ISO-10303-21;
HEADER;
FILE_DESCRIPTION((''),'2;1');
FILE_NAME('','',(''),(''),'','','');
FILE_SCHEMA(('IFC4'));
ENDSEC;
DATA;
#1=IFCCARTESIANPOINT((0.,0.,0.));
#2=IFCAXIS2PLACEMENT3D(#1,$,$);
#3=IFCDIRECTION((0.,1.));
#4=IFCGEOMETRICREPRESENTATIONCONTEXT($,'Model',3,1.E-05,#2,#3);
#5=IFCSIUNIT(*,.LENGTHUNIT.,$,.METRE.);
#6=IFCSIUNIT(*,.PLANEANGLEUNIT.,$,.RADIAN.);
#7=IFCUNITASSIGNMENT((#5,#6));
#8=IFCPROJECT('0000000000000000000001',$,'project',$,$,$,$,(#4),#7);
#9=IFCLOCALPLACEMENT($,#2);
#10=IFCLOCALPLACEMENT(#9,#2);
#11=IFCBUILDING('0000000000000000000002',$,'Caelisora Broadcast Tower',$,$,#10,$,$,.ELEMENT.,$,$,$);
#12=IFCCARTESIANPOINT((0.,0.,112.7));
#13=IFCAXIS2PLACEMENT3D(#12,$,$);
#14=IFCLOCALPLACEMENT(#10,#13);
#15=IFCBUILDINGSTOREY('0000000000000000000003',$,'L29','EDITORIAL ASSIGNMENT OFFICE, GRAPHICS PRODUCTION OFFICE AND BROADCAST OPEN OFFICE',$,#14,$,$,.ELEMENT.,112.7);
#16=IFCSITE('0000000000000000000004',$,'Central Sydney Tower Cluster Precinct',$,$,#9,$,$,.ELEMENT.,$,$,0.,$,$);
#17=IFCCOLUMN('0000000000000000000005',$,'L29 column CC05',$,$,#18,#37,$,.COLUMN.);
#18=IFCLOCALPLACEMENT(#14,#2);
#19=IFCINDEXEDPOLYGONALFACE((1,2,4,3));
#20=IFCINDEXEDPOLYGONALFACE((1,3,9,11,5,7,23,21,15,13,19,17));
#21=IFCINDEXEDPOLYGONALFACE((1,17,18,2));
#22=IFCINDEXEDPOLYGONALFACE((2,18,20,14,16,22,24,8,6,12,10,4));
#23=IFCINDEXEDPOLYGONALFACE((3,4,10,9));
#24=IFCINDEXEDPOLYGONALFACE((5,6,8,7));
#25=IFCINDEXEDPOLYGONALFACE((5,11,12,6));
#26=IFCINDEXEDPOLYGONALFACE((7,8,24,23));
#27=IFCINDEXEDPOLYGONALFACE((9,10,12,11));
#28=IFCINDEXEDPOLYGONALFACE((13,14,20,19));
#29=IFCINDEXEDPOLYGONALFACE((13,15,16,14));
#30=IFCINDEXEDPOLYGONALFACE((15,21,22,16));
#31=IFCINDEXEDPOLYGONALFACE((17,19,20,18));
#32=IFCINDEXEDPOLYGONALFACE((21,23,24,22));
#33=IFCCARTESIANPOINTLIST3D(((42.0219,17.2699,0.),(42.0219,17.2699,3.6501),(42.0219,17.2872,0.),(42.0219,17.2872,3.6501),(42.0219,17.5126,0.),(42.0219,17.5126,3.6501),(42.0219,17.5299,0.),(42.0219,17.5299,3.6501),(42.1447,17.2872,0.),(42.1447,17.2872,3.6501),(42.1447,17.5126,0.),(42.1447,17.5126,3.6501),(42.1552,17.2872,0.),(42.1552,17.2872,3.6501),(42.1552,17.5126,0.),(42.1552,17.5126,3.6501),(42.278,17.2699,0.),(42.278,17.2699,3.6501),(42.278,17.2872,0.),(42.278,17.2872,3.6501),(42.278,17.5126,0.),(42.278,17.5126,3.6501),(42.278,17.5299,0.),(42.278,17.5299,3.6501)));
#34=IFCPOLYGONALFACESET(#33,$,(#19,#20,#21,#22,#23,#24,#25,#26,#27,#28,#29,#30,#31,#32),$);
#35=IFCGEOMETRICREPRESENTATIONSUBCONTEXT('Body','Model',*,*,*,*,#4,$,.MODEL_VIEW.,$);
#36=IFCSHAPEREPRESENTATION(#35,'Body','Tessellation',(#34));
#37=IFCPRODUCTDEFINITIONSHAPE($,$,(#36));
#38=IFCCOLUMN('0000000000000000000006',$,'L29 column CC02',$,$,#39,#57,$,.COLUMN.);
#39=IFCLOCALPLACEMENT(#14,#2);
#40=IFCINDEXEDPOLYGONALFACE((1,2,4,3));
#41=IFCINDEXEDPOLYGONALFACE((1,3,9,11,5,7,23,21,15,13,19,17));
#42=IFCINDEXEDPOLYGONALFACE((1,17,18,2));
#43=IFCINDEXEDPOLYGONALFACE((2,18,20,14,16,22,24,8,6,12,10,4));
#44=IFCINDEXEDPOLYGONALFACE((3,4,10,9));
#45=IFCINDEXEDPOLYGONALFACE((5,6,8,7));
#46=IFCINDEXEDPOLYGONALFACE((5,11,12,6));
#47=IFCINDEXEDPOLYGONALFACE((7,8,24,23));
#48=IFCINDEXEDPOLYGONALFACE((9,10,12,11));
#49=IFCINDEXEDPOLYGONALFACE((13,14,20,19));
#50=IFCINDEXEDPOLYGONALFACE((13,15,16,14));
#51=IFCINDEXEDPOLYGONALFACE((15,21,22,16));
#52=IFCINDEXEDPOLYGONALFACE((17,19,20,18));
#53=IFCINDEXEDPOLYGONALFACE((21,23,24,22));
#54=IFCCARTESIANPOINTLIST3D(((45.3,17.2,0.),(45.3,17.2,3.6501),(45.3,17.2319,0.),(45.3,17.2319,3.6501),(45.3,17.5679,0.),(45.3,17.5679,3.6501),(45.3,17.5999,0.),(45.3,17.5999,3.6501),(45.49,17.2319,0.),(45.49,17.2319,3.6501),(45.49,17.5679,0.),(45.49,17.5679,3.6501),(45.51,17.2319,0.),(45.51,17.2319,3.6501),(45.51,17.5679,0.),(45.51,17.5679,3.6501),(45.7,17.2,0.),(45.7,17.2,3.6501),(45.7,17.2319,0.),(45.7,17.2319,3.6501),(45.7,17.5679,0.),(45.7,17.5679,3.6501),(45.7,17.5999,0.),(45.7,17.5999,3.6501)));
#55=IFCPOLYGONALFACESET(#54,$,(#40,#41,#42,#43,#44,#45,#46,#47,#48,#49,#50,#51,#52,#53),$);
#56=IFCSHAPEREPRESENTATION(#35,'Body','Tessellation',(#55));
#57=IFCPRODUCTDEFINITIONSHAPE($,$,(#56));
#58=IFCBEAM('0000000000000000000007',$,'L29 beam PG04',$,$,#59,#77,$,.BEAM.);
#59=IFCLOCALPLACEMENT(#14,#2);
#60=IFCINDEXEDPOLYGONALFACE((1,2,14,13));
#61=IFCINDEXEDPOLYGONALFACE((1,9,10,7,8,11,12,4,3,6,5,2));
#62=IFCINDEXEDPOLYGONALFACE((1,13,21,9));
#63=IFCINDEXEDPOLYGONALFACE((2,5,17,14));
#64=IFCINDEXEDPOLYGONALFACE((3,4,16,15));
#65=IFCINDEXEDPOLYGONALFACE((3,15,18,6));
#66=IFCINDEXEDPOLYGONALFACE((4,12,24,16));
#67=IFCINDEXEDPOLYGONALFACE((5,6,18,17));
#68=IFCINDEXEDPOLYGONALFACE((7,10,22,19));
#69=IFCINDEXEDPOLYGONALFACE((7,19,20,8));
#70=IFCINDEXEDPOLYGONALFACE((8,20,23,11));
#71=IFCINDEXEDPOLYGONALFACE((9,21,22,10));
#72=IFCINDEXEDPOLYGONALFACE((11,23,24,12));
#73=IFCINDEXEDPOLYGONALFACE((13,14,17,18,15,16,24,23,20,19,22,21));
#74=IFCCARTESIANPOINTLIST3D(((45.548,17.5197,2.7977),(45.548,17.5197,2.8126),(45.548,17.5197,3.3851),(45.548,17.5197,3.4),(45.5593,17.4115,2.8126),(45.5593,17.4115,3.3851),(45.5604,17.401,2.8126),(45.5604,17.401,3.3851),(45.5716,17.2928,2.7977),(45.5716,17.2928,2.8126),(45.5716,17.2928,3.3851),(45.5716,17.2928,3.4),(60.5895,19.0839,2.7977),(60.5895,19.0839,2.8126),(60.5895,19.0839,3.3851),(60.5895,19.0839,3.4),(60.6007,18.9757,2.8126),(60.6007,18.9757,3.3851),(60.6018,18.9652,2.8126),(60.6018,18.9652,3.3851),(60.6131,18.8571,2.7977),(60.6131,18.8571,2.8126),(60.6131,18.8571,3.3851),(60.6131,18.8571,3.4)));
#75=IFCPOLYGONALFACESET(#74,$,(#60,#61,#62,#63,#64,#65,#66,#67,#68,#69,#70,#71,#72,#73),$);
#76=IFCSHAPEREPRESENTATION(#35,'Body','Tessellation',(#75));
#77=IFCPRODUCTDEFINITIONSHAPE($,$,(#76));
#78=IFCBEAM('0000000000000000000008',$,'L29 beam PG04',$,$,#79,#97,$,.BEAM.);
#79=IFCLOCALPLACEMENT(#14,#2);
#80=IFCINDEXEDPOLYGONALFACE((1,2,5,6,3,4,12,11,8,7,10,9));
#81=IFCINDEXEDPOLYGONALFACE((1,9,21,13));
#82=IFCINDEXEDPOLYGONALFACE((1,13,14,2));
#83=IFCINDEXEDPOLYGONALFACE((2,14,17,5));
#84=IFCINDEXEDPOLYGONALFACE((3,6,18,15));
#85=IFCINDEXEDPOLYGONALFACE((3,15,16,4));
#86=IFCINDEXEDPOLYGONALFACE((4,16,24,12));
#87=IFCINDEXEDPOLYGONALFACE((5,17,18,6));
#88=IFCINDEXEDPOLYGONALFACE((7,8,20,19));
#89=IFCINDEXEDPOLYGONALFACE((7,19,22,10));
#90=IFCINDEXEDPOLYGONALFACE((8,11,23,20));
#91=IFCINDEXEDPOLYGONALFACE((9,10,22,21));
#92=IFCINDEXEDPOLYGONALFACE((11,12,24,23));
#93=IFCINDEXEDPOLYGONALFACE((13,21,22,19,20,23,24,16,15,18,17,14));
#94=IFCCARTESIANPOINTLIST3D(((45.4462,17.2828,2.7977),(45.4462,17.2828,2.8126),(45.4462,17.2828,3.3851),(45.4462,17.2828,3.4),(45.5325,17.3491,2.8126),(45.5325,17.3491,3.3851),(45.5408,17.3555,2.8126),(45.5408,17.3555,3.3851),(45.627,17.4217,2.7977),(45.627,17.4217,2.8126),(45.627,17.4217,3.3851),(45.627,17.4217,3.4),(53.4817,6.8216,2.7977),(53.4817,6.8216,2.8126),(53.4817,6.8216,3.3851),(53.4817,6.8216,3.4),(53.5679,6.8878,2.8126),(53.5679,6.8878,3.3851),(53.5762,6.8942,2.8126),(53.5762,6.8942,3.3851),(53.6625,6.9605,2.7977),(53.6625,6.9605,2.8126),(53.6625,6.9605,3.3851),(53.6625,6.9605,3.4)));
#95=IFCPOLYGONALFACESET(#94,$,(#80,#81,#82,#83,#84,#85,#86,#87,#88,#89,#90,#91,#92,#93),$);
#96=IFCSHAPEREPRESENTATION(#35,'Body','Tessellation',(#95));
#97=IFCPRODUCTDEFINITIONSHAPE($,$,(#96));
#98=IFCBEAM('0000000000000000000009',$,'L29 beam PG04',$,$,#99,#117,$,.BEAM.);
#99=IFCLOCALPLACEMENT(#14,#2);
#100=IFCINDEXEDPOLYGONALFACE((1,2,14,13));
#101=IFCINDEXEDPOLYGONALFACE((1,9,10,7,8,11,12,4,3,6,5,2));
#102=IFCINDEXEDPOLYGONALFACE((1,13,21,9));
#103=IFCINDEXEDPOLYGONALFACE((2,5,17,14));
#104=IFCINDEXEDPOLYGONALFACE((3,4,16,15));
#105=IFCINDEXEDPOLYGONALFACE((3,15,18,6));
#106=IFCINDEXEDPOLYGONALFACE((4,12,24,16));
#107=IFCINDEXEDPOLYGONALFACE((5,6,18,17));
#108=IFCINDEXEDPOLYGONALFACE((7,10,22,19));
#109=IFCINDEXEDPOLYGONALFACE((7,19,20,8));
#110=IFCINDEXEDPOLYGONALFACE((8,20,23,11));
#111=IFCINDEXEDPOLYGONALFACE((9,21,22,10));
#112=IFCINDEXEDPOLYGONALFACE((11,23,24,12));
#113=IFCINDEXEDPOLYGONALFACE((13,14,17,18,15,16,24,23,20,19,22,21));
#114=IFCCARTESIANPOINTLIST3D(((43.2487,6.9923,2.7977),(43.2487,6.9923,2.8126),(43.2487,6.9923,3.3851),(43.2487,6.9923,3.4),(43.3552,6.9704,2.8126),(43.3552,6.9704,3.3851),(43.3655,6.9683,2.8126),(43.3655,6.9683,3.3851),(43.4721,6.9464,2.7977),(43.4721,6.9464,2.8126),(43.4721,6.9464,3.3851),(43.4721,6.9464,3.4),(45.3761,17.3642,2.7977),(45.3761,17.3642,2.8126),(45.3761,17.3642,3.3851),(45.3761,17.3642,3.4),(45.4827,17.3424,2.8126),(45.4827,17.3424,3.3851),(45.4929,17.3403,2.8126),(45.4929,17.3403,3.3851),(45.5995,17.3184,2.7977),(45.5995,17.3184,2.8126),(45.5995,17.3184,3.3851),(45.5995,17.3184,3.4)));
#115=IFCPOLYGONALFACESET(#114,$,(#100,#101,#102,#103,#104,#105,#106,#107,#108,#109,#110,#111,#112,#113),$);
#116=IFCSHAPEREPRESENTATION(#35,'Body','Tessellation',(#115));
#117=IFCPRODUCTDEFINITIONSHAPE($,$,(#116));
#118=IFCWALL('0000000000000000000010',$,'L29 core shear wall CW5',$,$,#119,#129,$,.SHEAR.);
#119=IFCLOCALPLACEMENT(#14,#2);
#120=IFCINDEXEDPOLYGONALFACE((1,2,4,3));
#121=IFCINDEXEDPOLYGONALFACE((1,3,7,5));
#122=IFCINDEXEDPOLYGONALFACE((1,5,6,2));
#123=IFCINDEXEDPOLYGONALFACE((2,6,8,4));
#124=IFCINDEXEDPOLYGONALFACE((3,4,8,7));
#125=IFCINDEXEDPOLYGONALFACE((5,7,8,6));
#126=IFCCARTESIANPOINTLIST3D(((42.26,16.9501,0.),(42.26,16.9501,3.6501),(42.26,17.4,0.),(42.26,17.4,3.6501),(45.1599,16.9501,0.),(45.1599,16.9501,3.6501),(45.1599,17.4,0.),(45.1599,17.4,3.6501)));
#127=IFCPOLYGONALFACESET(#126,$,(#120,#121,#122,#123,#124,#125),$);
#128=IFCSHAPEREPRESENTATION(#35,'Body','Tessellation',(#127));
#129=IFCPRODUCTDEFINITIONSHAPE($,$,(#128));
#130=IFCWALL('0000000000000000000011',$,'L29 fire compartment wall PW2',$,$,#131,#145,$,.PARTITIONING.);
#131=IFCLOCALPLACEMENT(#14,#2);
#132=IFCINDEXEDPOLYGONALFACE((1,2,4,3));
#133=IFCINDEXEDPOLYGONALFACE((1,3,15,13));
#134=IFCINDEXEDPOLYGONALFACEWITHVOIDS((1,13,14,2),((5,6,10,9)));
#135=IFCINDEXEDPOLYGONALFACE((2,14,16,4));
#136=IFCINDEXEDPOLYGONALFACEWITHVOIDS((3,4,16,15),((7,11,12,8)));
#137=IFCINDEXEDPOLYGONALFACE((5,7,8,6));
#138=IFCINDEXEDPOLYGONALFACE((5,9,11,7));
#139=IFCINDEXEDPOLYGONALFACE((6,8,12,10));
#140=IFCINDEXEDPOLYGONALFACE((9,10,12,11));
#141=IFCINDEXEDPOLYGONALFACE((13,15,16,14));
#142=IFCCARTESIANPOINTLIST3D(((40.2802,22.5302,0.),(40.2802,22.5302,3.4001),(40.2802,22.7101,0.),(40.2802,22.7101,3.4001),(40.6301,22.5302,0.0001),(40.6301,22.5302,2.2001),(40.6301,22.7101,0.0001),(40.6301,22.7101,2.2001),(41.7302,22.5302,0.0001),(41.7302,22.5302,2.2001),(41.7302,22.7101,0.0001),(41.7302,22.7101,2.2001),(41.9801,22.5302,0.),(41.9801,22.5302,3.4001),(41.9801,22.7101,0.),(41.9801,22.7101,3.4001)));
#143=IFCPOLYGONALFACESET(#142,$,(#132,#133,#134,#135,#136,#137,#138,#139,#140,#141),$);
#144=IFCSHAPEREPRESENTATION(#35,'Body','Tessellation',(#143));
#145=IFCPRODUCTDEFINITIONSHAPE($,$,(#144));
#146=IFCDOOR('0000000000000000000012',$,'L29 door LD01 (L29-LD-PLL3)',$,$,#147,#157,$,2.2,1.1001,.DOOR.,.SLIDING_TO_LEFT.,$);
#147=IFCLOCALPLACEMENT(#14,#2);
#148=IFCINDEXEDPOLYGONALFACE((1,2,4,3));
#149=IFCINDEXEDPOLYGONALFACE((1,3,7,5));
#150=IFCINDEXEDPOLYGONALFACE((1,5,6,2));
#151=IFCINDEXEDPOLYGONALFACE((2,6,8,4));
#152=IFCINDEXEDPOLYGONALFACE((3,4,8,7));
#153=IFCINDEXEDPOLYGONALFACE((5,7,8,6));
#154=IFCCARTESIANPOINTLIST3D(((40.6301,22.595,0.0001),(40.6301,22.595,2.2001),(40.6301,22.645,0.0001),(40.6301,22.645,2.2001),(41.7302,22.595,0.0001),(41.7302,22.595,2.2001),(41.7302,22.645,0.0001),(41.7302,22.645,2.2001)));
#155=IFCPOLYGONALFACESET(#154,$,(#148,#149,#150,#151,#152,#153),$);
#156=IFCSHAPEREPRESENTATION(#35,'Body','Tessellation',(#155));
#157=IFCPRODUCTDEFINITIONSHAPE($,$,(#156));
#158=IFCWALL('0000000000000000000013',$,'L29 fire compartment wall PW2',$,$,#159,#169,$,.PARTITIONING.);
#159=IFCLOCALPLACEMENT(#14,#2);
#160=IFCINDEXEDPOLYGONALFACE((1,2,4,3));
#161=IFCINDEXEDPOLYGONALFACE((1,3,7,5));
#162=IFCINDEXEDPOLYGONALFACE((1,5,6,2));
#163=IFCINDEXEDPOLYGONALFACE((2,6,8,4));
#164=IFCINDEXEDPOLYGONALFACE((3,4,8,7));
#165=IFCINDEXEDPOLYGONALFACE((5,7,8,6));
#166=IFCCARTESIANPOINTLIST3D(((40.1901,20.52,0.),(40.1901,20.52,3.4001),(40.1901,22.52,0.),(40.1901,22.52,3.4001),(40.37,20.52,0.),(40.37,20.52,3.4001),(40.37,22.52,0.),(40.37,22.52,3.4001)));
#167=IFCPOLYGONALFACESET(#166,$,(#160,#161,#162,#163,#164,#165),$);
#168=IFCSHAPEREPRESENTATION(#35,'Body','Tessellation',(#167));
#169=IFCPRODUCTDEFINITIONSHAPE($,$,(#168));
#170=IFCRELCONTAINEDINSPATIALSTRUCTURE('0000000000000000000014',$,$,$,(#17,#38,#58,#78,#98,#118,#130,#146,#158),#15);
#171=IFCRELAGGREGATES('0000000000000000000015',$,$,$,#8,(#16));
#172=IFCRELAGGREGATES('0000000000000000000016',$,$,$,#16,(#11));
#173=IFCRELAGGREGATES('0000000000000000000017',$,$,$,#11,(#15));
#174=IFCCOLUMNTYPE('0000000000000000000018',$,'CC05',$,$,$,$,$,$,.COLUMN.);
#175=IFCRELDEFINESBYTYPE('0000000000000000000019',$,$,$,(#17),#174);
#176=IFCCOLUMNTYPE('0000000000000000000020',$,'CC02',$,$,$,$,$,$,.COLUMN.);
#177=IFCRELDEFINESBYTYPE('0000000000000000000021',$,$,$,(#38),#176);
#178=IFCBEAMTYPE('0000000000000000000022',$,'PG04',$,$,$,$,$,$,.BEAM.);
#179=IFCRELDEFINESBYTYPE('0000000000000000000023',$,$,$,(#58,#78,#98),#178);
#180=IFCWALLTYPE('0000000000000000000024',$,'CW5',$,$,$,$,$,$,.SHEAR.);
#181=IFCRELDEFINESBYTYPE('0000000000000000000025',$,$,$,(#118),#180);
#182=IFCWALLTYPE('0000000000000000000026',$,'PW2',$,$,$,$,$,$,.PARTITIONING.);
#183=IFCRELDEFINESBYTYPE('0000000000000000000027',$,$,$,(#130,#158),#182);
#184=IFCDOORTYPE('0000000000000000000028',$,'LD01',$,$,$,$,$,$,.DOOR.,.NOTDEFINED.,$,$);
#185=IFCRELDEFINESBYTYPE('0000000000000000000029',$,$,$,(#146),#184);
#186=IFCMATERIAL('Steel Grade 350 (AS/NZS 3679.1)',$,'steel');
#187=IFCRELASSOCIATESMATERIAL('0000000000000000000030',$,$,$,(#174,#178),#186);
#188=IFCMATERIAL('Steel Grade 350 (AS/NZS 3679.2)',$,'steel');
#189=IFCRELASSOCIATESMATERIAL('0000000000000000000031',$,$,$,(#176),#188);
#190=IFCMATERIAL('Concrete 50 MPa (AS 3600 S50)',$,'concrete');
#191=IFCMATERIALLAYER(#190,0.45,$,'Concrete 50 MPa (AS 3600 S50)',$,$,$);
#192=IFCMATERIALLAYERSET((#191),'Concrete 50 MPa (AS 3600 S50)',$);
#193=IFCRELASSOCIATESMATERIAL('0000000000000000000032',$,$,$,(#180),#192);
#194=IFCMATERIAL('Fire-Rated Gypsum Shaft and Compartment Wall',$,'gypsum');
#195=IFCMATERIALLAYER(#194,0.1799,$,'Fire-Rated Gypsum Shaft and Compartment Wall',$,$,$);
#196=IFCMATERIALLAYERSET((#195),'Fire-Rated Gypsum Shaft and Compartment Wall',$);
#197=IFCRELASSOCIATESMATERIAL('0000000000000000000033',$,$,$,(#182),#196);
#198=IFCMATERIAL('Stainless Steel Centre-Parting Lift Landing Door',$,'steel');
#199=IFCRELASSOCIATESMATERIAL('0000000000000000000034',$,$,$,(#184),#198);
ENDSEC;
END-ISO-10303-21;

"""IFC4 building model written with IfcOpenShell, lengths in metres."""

from ifc_helpers import new_model, si_unit, direction, frame, frame_2d, origin, origin_2d, place, context, subcontext, project, spatial, rectangle, i_section, extrude, source, transform, mapped, material, layer, layer_set, material_profile, profile_set, type_object, type_shapes, element, fill, save


model = new_model("IFC4")

# Units and contexts
model_context = context("Model", 3, precision=1e-05, world=origin(), true_north=direction((0.0, 1.0)))
body_context = subcontext(model_context, "Body", "Model", "MODEL_VIEW")
ifc_project = project(units=[si_unit("LENGTHUNIT", "METRE"), si_unit("PLANEANGLEUNIT", "RADIAN")], contexts=[model_context])

# Site, building, storey
site_placement = place(None, origin())
site = spatial("IfcSite", under=ifc_project, at=site_placement, Name="Central Sydney Tower Cluster Precinct", CompositionType="ELEMENT", RefElevation=0.0)
building_placement = place(site_placement, origin())
building = spatial("IfcBuilding", under=site, at=building_placement, Name="Caelisora Broadcast Tower", CompositionType="ELEMENT")
storey_placement = place(building_placement, frame((0.0, 0.0, 112.7)))
storey = spatial("IfcBuildingStorey", under=building, at=storey_placement, Name="L29", Description="EDITORIAL ASSIGNMENT OFFICE, GRAPHICS PRODUCTION OFFICE AND BROADCAST OPEN OFFICE", CompositionType="ELEMENT", Elevation=112.7)

# Columns
ifc_material_1 = material(Name="Steel Grade 350 (AS/NZS 3679.1)", Category="steel")
ifc_material_profile_1 = material_profile(ifc_material_1, i_section(OverallWidth=0.2561, OverallDepth=0.26, WebThickness=0.0105, FlangeThickness=0.0173, at=origin_2d()), Name="Steel Grade 350 (AS/NZS 3679.1)")
ifc_profile_set_1 = profile_set([ifc_material_profile_1], Name="Steel Grade 350 (AS/NZS 3679.1)")
column_type_1 = type_object("IfcColumnType", Name="CC05", PredefinedType="COLUMN", material=ifc_profile_set_1)
shared_shape_1 = source(origin(), body_context, "Body", "SweptSolid", [
    extrude(i_section(OverallWidth=0.2561, OverallDepth=0.26, WebThickness=0.0105, FlangeThickness=0.0173, at=origin_2d()), origin(), (0.0, 0.0, 1.0), 3.6501),
])
type_shapes(column_type_1, [shared_shape_1])
column_1_placement = place(storey_placement, frame((42.1499, 17.3999, 0.0), z_axis=(0.0, 0.0, 1.0), x_axis=(1.0, 0.0, 0.0)))
element("IfcColumn", 1, at=column_1_placement, inside=storey, type_object=column_type_1, Name="L29 column CC05", PredefinedType="COLUMN", context=body_context, shape_type="MappedRepresentation", body=[
    mapped(shared_shape_1, transform((0.0, 0.0, 0.0), scale=1.0)),
])
ifc_material_2 = material(Name="Steel Grade 350 (AS/NZS 3679.2)", Category="steel")
ifc_material_profile_2 = material_profile(ifc_material_2, i_section(OverallWidth=0.3999, OverallDepth=0.3999, WebThickness=0.02, FlangeThickness=0.032, at=origin_2d()), Name="Steel Grade 350 (AS/NZS 3679.2)")
ifc_profile_set_2 = profile_set([ifc_material_profile_2], Name="Steel Grade 350 (AS/NZS 3679.2)")
column_type_2 = type_object("IfcColumnType", Name="CC02", PredefinedType="COLUMN", material=ifc_profile_set_2)
shared_shape_2 = source(origin(), body_context, "Body", "SweptSolid", [
    extrude(i_section(OverallWidth=0.3999, OverallDepth=0.3999, WebThickness=0.02, FlangeThickness=0.032, at=origin_2d()), origin(), (0.0, 0.0, 1.0), 3.6501),
])
type_shapes(column_type_2, [shared_shape_2])
column_2_placement = place(storey_placement, frame((45.5, 17.3999, 0.0), z_axis=(0.0, 0.0, 1.0), x_axis=(1.0, 0.0, 0.0)))
element("IfcColumn", 2, at=column_2_placement, inside=storey, type_object=column_type_2, Name="L29 column CC02", PredefinedType="COLUMN", context=body_context, shape_type="MappedRepresentation", body=[
    mapped(shared_shape_2, transform((0.0, 0.0, 0.0), scale=1.0)),
])

# Beams
ifc_material_profile_3 = material_profile(ifc_material_1, i_section(OverallWidth=0.228, OverallDepth=0.6023, WebThickness=0.0105, FlangeThickness=0.0149, at=origin_2d()), Name="Steel Grade 350 (AS/NZS 3679.1)")
ifc_profile_set_3 = profile_set([ifc_material_profile_3], Name="Steel Grade 350 (AS/NZS 3679.1)")
beam_type = type_object("IfcBeamType", Name="PG04", PredefinedType="BEAM", material=ifc_profile_set_3)
shared_shape_3 = source(origin(), body_context, "Body", "SweptSolid", [
    extrude(i_section(OverallWidth=0.228, OverallDepth=0.6023, WebThickness=0.0105, FlangeThickness=0.0149, at=origin_2d()), origin(), (0.0, 0.0, 1.0), 15.1226),
])
beam_1_placement = place(storey_placement, frame((45.5598, 17.4062, 3.0989), z_axis=(0.994636, 0.103435, 0.0), x_axis=(-0.103435, 0.994636, 0.0)))
element("IfcBeam", 3, at=beam_1_placement, inside=storey, type_object=beam_type, Name="L29 beam PG04", PredefinedType="BEAM", context=body_context, shape_type="MappedRepresentation", body=[
    mapped(shared_shape_3, transform((0.0, 0.0, 0.0), scale=1.0)),
])
shared_shape_4 = source(origin(), body_context, "Body", "SweptSolid", [
    extrude(i_section(OverallWidth=0.228, OverallDepth=0.6023, WebThickness=0.0105, FlangeThickness=0.0149, at=origin_2d()), origin(), (0.0, 0.0, 1.0), 13.1912),
])
beam_2_placement = place(storey_placement, frame((45.5366, 17.3523, 3.0989), z_axis=(0.609155, -0.793051, 0.0), x_axis=(0.793051, 0.609155, 0.0)))
element("IfcBeam", 4, at=beam_2_placement, inside=storey, type_object=beam_type, Name="L29 beam PG04", PredefinedType="BEAM", context=body_context, shape_type="MappedRepresentation", body=[
    mapped(shared_shape_4, transform((0.0, 0.0, 0.0), scale=1.0)),
])
shared_shape_5 = source(origin(), body_context, "Body", "SweptSolid", [
    extrude(i_section(OverallWidth=0.228, OverallDepth=0.6023, WebThickness=0.0105, FlangeThickness=0.0149, at=origin_2d()), origin(), (0.0, 0.0, 1.0), 10.5879),
])
type_shapes(beam_type, [shared_shape_3, shared_shape_4, shared_shape_5])
beam_3_placement = place(storey_placement, frame((45.4878, 17.3413, 3.0989), z_axis=(-0.200929, -0.979606, 0.0), x_axis=(0.979606, -0.200929, 0.0)))
element("IfcBeam", 5, at=beam_3_placement, inside=storey, type_object=beam_type, Name="L29 beam PG04", PredefinedType="BEAM", context=body_context, shape_type="MappedRepresentation", body=[
    mapped(shared_shape_5, transform((0.0, 0.0, 0.0), scale=1.0)),
])

# Wall
ifc_material_3 = material(Name="Concrete 50 MPa (AS 3600 S50)", Category="concrete")
ifc_layer_1 = layer(ifc_material_3, 0.45, Name="Concrete 50 MPa (AS 3600 S50)")
ifc_layer_set_1 = layer_set([ifc_layer_1], Name="Concrete 50 MPa (AS 3600 S50)")
wall_type_1 = type_object("IfcWallType", Name="CW5", PredefinedType="SHEAR", material=ifc_layer_set_1)
wall_1_placement = place(storey_placement, frame((42.26, 17.175, 0.0), z_axis=(0.0, 0.0, 1.0), x_axis=(1.0, 0.0, 0.0)))
element("IfcWall", 6, at=wall_1_placement, inside=storey, type_object=wall_type_1, Name="L29 core shear wall CW5", PredefinedType="SHEAR", context=body_context, shape_type="SweptSolid", body=[
    extrude(rectangle(XDim=2.8999, YDim=0.45, at=frame_2d((1.45, 0.0))), origin(), (0.0, 0.0, 1.0), 3.6501),
])

# Wall, opening, door
ifc_material_4 = material(Name="Fire-Rated Gypsum Shaft and Compartment Wall", Category="gypsum")
ifc_layer_2 = layer(ifc_material_4, 0.1799, Name="Fire-Rated Gypsum Shaft and Compartment Wall")
ifc_layer_set_2 = layer_set([ifc_layer_2], Name="Fire-Rated Gypsum Shaft and Compartment Wall")
wall_type_2 = type_object("IfcWallType", Name="PW2", PredefinedType="PARTITIONING", material=ifc_layer_set_2)
wall_2_placement = place(storey_placement, frame((40.28, 22.6201, 0.0), z_axis=(0.0, 0.0, 1.0), x_axis=(1.0, 0.0, 0.0)))
wall_2 = element("IfcWall", 7, at=wall_2_placement, inside=storey, type_object=wall_type_2, Name="L29 fire compartment wall PW2", PredefinedType="PARTITIONING", context=body_context, shape_type="SweptSolid", body=[
    extrude(rectangle(XDim=1.7, YDim=0.1799, at=frame_2d((0.8501, 0.0))), origin(), (0.0, 0.0, 1.0), 3.4001),
])
opening_1_placement = place(wall_2_placement, frame((0.3501, 0.0, 0.0)))
opening_1 = element("IfcOpeningElement", 8, at=opening_1_placement, cuts=wall_2, PredefinedType="OPENING", context=body_context, shape_type="SweptSolid", body=[
    extrude(rectangle(XDim=1.1001, YDim=2.2, at=frame_2d((0.55, 1.1001))), frame((0.0, 0.1021, 0.0), z_axis=(0.0, -1.0, 0.0), x_axis=(1.0, 0.0, 0.0)), (0.0, 0.0, 1.0), 0.2039),
])
ifc_material_5 = material(Name="Stainless Steel Centre-Parting Lift Landing Door", Category="steel")
door_type_1 = type_object("IfcDoorType", Name="LD01", OperationType="NOTDEFINED", PredefinedType="DOOR", material=ifc_material_5)
door_1_placement = place(opening_1_placement, origin())
door_1 = element("IfcDoor", 9, at=door_1_placement, inside=storey, type_object=door_type_1, Name="L29 door LD01 (L29-LD-PLL3)", OperationType="SLIDING_TO_LEFT", OverallHeight=2.2, OverallWidth=1.1001, PredefinedType="DOOR", context=body_context, shape_type="SweptSolid", body=[
    extrude(rectangle(XDim=1.1001, YDim=2.2, at=frame_2d((0.55, 1.1001))), frame((0.0, 0.0249, 0.0), z_axis=(0.0, -1.0, 0.0), x_axis=(1.0, 0.0, 0.0)), (0.0, 0.0, 1.0), 0.05),
])
fill(opening_1, door_1)

# Wall
wall_3_placement = place(storey_placement, frame((40.28, 20.52, 0.0), z_axis=(0.0, 0.0, 1.0), x_axis=(0.0, 1.0, 0.0)))
element("IfcWall", 10, at=wall_3_placement, inside=storey, type_object=wall_type_2, Name="L29 fire compartment wall PW2", PredefinedType="PARTITIONING", context=body_context, shape_type="SweptSolid", body=[
    extrude(rectangle(XDim=2.0, YDim=0.1799, at=frame_2d((1.0, 0.0))), origin(), (0.0, 0.0, 1.0), 3.4001),
])

save(model, "model.ifc")
